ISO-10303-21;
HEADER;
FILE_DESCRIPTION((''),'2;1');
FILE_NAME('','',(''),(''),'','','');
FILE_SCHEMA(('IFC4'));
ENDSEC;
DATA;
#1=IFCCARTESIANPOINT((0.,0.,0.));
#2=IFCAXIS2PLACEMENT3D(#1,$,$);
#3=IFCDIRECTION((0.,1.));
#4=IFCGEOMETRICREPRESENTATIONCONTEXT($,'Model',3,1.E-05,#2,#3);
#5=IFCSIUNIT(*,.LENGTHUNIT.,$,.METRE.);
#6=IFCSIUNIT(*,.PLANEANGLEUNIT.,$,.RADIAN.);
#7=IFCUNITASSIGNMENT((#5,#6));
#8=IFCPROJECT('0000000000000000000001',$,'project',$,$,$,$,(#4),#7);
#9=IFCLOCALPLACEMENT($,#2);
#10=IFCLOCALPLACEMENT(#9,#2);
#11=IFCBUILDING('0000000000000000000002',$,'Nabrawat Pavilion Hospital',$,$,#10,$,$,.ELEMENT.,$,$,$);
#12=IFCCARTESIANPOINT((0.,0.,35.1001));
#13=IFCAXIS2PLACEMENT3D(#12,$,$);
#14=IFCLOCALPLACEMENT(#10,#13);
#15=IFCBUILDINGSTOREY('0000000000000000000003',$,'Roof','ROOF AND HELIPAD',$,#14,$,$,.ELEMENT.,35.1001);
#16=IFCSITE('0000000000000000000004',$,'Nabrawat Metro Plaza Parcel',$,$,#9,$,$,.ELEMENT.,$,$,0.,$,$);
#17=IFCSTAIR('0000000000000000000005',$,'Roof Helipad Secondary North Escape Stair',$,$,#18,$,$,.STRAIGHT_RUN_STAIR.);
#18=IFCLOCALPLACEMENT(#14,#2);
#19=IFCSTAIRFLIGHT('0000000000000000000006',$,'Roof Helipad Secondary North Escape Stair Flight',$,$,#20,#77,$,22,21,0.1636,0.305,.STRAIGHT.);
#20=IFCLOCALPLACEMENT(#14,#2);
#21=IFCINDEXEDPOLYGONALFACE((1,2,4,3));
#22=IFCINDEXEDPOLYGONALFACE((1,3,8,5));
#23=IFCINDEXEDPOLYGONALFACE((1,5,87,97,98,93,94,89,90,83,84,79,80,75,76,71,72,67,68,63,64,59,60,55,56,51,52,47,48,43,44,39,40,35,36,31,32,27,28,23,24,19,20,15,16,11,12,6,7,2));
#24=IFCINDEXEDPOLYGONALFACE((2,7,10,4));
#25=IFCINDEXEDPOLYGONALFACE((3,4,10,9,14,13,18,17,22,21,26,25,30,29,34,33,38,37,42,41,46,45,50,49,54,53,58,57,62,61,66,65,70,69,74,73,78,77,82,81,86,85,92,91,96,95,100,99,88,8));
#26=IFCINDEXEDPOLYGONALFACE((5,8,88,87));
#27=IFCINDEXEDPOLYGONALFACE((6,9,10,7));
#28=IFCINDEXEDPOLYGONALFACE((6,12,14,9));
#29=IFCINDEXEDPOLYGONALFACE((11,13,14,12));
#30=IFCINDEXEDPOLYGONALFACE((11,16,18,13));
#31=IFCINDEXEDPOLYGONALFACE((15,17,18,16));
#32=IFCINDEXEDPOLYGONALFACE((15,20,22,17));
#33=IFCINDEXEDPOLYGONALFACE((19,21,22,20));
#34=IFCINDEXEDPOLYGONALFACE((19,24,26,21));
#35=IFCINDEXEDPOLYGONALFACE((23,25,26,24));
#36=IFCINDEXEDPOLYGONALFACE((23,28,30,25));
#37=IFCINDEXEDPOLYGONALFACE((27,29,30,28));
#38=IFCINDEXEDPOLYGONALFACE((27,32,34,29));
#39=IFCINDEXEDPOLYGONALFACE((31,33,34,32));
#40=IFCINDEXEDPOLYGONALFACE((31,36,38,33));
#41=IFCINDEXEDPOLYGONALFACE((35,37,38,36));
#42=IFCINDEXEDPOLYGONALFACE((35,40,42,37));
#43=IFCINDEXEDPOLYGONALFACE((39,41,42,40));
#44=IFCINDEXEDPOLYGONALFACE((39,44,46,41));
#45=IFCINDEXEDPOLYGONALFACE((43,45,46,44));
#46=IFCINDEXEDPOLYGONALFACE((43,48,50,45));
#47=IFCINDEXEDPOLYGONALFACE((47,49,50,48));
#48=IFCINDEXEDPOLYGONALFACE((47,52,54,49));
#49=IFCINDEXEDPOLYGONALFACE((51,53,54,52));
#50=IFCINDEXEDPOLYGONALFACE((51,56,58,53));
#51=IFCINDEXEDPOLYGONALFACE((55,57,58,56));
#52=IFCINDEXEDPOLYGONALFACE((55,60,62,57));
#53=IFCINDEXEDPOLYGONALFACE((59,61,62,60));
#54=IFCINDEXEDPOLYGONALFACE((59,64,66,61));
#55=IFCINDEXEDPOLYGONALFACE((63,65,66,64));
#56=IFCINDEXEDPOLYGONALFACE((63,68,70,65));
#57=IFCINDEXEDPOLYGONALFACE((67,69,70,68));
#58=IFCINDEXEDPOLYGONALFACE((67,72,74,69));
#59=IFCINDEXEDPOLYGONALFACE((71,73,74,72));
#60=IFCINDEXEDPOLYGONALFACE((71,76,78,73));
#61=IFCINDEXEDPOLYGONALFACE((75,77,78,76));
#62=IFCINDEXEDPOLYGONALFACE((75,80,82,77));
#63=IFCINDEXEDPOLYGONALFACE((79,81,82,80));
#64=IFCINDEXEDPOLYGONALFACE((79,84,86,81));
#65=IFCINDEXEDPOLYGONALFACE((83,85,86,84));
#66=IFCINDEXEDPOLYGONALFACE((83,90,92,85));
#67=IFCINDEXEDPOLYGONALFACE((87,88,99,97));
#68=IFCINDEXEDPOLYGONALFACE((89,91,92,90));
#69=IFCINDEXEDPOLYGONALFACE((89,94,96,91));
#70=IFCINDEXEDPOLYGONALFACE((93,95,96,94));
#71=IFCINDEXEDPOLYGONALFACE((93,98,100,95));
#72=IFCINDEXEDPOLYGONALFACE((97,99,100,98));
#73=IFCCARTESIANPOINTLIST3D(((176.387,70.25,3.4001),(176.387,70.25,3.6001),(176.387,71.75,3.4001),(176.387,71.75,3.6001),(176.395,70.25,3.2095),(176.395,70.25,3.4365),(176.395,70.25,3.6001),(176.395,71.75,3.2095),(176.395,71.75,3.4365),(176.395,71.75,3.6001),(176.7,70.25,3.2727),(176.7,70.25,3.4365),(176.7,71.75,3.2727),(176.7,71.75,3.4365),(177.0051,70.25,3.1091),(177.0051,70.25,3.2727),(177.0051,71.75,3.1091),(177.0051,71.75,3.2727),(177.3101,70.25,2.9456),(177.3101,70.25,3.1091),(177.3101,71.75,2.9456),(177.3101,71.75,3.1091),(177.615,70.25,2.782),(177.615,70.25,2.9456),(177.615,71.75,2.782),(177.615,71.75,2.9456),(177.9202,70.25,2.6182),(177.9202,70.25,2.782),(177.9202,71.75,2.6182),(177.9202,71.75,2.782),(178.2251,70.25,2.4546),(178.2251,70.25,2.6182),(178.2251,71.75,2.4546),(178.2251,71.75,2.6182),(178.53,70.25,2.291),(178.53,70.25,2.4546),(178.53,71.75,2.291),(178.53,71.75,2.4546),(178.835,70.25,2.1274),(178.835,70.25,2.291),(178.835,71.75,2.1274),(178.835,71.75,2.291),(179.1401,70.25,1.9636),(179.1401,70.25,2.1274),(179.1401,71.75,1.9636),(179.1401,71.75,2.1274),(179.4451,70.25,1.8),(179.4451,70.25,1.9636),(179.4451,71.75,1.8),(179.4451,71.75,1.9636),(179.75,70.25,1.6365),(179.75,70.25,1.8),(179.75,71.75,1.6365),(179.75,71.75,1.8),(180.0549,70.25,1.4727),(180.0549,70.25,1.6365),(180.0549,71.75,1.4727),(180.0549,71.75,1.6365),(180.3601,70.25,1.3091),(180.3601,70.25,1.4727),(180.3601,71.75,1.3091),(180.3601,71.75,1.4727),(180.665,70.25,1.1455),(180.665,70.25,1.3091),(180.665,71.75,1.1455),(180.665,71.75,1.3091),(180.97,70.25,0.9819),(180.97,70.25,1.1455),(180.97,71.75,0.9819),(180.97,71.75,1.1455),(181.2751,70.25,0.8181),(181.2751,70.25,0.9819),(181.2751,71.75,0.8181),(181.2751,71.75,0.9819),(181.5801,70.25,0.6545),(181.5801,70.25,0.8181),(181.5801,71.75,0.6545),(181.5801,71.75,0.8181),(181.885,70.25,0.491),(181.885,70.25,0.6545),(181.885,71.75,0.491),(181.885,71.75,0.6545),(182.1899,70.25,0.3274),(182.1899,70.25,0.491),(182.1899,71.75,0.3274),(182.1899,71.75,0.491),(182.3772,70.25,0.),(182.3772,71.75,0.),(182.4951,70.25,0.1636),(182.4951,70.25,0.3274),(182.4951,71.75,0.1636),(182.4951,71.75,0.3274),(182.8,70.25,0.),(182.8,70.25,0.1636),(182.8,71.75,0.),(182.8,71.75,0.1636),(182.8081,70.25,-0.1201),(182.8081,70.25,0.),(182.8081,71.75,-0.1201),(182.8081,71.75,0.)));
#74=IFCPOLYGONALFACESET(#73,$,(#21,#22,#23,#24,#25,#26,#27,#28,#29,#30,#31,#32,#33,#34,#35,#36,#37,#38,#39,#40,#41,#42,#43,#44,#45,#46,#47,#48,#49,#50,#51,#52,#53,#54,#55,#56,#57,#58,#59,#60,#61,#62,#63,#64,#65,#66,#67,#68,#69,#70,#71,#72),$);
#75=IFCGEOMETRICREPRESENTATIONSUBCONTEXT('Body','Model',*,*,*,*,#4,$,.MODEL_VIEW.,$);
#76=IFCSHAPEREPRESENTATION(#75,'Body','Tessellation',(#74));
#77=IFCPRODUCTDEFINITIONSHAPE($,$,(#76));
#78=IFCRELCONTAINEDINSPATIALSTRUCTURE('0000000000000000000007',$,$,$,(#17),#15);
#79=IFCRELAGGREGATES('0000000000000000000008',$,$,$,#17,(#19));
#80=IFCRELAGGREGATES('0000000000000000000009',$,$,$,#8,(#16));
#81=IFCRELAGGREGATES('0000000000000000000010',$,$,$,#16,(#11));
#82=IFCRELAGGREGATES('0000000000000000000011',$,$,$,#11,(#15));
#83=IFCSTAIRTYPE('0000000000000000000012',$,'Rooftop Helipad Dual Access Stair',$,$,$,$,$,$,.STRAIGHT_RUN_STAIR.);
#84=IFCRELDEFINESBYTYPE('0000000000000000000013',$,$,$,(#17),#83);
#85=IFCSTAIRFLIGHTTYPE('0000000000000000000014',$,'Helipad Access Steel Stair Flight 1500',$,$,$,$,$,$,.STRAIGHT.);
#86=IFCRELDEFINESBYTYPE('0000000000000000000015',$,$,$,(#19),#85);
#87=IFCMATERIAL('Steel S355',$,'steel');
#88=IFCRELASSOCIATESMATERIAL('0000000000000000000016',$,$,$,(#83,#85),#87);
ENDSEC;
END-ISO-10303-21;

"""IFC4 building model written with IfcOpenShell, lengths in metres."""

from ifc_helpers import new_model, si_unit, direction, frame, origin, place, context, subcontext, project, spatial, polyline, outline, extrude, material, type_object, element, aggregate, save


model = new_model("IFC4")

# Units and contexts
model_context = context("Model", 3, precision=1e-05, world=origin(), true_north=direction((0.0, 1.0)))
body_context = subcontext(model_context, "Body", "Model", "MODEL_VIEW")
ifc_project = project(units=[si_unit("LENGTHUNIT", "METRE"), si_unit("PLANEANGLEUNIT", "RADIAN")], contexts=[model_context])

# Site, building, storey
site_placement = place(None, origin())
site = spatial("IfcSite", under=ifc_project, at=site_placement, Name="Nabrawat Metro Plaza Parcel", CompositionType="ELEMENT", RefElevation=0.0)
building_placement = place(site_placement, origin())
building = spatial("IfcBuilding", under=site, at=building_placement, Name="Nabrawat Pavilion Hospital", CompositionType="ELEMENT")
storey_placement = place(building_placement, frame((0.0, 0.0, 35.1001)))
storey = spatial("IfcBuildingStorey", under=building, at=storey_placement, Name="Roof", Description="ROOF AND HELIPAD", CompositionType="ELEMENT", Elevation=35.1001)

# Shared definitions
ifc_material_1 = material(Name="Steel S355", Category="steel")

# Stair, stair flight
stair_type = type_object("IfcStairType", Name="Rooftop Helipad Dual Access Stair", PredefinedType="STRAIGHT_RUN_STAIR", material=ifc_material_1)
stair_placement = place(storey_placement, origin())
stair = element("IfcStair", 1, at=stair_placement, inside=storey, type_object=stair_type, Name="Roof Helipad Secondary North Escape Stair", PredefinedType="STRAIGHT_RUN_STAIR")
stair_flight_type = type_object("IfcStairFlightType", Name="Helipad Access Steel Stair Flight 1500", PredefinedType="STRAIGHT", material=ifc_material_1)
stair_flight_placement = place(storey_placement, frame((182.8, 71.0, 0.0), z_axis=(0.0, 0.0, 1.0), x_axis=(-1.0, 0.0, 0.0)))
stair_flight = element("IfcStairFlight", 2, at=stair_flight_placement, type_object=stair_flight_type, Name="Roof Helipad Secondary North Escape Stair Flight", NumberOfRisers=22, NumberOfTreads=21, PredefinedType="STRAIGHT", RiserHeight=0.1636, TreadLength=0.305, context=body_context, shape_type="SweptSolid", body=[
    extrude(outline(polyline([(-0.0081, 0.0), (0.0, 0.0), (0.0, 0.1636), (0.3049, 0.1636), (0.3049, 0.3274), (0.6101, 0.3274), (0.6101, 0.491), (0.915, 0.491), (0.915, 0.6545), (1.22, 0.6545), (1.22, 0.8181), (1.5249, 0.8181), (1.5249, 0.9819), (1.8301, 0.9819), (1.8301, 1.1455), (2.135, 1.1455), (2.135, 1.3091), (2.4399, 1.3091), (2.4399, 1.4727), (2.7451, 1.4727), (2.7451, 1.6365), (3.05, 1.6365), (3.05, 1.8), (3.355, 1.8), (3.355, 1.9636), (3.6599, 1.9636), (3.6599, 2.1274), (3.9651, 2.1274), (3.9651, 2.291), (4.27, 2.291), (4.27, 2.4546), (4.575, 2.4546), (4.575, 2.6182), (4.8799, 2.6182), (4.8799, 2.782), (5.1851, 2.782), (5.1851, 2.9456), (5.49, 2.9456), (5.49, 3.1091), (5.7949, 3.1091), (5.7949, 3.2727), (6.1001, 3.2727), (6.1001, 3.4365), (6.405, 3.4365), (6.405, 3.6001), (6.4131, 3.6001), (6.4131, 3.4001), (6.405, 3.2095), (0.4229, 0.0), (-0.0081, -0.1201), (-0.0081, 0.0)])), frame((0.0, 0.75, 0.0), z_axis=(0.0, -1.0, 0.0), x_axis=(1.0, 0.0, 0.0)), (0.0, 0.0, 1.0), 1.5),
])
aggregate(stair, [stair_flight])

save(model, "model.ifc")
